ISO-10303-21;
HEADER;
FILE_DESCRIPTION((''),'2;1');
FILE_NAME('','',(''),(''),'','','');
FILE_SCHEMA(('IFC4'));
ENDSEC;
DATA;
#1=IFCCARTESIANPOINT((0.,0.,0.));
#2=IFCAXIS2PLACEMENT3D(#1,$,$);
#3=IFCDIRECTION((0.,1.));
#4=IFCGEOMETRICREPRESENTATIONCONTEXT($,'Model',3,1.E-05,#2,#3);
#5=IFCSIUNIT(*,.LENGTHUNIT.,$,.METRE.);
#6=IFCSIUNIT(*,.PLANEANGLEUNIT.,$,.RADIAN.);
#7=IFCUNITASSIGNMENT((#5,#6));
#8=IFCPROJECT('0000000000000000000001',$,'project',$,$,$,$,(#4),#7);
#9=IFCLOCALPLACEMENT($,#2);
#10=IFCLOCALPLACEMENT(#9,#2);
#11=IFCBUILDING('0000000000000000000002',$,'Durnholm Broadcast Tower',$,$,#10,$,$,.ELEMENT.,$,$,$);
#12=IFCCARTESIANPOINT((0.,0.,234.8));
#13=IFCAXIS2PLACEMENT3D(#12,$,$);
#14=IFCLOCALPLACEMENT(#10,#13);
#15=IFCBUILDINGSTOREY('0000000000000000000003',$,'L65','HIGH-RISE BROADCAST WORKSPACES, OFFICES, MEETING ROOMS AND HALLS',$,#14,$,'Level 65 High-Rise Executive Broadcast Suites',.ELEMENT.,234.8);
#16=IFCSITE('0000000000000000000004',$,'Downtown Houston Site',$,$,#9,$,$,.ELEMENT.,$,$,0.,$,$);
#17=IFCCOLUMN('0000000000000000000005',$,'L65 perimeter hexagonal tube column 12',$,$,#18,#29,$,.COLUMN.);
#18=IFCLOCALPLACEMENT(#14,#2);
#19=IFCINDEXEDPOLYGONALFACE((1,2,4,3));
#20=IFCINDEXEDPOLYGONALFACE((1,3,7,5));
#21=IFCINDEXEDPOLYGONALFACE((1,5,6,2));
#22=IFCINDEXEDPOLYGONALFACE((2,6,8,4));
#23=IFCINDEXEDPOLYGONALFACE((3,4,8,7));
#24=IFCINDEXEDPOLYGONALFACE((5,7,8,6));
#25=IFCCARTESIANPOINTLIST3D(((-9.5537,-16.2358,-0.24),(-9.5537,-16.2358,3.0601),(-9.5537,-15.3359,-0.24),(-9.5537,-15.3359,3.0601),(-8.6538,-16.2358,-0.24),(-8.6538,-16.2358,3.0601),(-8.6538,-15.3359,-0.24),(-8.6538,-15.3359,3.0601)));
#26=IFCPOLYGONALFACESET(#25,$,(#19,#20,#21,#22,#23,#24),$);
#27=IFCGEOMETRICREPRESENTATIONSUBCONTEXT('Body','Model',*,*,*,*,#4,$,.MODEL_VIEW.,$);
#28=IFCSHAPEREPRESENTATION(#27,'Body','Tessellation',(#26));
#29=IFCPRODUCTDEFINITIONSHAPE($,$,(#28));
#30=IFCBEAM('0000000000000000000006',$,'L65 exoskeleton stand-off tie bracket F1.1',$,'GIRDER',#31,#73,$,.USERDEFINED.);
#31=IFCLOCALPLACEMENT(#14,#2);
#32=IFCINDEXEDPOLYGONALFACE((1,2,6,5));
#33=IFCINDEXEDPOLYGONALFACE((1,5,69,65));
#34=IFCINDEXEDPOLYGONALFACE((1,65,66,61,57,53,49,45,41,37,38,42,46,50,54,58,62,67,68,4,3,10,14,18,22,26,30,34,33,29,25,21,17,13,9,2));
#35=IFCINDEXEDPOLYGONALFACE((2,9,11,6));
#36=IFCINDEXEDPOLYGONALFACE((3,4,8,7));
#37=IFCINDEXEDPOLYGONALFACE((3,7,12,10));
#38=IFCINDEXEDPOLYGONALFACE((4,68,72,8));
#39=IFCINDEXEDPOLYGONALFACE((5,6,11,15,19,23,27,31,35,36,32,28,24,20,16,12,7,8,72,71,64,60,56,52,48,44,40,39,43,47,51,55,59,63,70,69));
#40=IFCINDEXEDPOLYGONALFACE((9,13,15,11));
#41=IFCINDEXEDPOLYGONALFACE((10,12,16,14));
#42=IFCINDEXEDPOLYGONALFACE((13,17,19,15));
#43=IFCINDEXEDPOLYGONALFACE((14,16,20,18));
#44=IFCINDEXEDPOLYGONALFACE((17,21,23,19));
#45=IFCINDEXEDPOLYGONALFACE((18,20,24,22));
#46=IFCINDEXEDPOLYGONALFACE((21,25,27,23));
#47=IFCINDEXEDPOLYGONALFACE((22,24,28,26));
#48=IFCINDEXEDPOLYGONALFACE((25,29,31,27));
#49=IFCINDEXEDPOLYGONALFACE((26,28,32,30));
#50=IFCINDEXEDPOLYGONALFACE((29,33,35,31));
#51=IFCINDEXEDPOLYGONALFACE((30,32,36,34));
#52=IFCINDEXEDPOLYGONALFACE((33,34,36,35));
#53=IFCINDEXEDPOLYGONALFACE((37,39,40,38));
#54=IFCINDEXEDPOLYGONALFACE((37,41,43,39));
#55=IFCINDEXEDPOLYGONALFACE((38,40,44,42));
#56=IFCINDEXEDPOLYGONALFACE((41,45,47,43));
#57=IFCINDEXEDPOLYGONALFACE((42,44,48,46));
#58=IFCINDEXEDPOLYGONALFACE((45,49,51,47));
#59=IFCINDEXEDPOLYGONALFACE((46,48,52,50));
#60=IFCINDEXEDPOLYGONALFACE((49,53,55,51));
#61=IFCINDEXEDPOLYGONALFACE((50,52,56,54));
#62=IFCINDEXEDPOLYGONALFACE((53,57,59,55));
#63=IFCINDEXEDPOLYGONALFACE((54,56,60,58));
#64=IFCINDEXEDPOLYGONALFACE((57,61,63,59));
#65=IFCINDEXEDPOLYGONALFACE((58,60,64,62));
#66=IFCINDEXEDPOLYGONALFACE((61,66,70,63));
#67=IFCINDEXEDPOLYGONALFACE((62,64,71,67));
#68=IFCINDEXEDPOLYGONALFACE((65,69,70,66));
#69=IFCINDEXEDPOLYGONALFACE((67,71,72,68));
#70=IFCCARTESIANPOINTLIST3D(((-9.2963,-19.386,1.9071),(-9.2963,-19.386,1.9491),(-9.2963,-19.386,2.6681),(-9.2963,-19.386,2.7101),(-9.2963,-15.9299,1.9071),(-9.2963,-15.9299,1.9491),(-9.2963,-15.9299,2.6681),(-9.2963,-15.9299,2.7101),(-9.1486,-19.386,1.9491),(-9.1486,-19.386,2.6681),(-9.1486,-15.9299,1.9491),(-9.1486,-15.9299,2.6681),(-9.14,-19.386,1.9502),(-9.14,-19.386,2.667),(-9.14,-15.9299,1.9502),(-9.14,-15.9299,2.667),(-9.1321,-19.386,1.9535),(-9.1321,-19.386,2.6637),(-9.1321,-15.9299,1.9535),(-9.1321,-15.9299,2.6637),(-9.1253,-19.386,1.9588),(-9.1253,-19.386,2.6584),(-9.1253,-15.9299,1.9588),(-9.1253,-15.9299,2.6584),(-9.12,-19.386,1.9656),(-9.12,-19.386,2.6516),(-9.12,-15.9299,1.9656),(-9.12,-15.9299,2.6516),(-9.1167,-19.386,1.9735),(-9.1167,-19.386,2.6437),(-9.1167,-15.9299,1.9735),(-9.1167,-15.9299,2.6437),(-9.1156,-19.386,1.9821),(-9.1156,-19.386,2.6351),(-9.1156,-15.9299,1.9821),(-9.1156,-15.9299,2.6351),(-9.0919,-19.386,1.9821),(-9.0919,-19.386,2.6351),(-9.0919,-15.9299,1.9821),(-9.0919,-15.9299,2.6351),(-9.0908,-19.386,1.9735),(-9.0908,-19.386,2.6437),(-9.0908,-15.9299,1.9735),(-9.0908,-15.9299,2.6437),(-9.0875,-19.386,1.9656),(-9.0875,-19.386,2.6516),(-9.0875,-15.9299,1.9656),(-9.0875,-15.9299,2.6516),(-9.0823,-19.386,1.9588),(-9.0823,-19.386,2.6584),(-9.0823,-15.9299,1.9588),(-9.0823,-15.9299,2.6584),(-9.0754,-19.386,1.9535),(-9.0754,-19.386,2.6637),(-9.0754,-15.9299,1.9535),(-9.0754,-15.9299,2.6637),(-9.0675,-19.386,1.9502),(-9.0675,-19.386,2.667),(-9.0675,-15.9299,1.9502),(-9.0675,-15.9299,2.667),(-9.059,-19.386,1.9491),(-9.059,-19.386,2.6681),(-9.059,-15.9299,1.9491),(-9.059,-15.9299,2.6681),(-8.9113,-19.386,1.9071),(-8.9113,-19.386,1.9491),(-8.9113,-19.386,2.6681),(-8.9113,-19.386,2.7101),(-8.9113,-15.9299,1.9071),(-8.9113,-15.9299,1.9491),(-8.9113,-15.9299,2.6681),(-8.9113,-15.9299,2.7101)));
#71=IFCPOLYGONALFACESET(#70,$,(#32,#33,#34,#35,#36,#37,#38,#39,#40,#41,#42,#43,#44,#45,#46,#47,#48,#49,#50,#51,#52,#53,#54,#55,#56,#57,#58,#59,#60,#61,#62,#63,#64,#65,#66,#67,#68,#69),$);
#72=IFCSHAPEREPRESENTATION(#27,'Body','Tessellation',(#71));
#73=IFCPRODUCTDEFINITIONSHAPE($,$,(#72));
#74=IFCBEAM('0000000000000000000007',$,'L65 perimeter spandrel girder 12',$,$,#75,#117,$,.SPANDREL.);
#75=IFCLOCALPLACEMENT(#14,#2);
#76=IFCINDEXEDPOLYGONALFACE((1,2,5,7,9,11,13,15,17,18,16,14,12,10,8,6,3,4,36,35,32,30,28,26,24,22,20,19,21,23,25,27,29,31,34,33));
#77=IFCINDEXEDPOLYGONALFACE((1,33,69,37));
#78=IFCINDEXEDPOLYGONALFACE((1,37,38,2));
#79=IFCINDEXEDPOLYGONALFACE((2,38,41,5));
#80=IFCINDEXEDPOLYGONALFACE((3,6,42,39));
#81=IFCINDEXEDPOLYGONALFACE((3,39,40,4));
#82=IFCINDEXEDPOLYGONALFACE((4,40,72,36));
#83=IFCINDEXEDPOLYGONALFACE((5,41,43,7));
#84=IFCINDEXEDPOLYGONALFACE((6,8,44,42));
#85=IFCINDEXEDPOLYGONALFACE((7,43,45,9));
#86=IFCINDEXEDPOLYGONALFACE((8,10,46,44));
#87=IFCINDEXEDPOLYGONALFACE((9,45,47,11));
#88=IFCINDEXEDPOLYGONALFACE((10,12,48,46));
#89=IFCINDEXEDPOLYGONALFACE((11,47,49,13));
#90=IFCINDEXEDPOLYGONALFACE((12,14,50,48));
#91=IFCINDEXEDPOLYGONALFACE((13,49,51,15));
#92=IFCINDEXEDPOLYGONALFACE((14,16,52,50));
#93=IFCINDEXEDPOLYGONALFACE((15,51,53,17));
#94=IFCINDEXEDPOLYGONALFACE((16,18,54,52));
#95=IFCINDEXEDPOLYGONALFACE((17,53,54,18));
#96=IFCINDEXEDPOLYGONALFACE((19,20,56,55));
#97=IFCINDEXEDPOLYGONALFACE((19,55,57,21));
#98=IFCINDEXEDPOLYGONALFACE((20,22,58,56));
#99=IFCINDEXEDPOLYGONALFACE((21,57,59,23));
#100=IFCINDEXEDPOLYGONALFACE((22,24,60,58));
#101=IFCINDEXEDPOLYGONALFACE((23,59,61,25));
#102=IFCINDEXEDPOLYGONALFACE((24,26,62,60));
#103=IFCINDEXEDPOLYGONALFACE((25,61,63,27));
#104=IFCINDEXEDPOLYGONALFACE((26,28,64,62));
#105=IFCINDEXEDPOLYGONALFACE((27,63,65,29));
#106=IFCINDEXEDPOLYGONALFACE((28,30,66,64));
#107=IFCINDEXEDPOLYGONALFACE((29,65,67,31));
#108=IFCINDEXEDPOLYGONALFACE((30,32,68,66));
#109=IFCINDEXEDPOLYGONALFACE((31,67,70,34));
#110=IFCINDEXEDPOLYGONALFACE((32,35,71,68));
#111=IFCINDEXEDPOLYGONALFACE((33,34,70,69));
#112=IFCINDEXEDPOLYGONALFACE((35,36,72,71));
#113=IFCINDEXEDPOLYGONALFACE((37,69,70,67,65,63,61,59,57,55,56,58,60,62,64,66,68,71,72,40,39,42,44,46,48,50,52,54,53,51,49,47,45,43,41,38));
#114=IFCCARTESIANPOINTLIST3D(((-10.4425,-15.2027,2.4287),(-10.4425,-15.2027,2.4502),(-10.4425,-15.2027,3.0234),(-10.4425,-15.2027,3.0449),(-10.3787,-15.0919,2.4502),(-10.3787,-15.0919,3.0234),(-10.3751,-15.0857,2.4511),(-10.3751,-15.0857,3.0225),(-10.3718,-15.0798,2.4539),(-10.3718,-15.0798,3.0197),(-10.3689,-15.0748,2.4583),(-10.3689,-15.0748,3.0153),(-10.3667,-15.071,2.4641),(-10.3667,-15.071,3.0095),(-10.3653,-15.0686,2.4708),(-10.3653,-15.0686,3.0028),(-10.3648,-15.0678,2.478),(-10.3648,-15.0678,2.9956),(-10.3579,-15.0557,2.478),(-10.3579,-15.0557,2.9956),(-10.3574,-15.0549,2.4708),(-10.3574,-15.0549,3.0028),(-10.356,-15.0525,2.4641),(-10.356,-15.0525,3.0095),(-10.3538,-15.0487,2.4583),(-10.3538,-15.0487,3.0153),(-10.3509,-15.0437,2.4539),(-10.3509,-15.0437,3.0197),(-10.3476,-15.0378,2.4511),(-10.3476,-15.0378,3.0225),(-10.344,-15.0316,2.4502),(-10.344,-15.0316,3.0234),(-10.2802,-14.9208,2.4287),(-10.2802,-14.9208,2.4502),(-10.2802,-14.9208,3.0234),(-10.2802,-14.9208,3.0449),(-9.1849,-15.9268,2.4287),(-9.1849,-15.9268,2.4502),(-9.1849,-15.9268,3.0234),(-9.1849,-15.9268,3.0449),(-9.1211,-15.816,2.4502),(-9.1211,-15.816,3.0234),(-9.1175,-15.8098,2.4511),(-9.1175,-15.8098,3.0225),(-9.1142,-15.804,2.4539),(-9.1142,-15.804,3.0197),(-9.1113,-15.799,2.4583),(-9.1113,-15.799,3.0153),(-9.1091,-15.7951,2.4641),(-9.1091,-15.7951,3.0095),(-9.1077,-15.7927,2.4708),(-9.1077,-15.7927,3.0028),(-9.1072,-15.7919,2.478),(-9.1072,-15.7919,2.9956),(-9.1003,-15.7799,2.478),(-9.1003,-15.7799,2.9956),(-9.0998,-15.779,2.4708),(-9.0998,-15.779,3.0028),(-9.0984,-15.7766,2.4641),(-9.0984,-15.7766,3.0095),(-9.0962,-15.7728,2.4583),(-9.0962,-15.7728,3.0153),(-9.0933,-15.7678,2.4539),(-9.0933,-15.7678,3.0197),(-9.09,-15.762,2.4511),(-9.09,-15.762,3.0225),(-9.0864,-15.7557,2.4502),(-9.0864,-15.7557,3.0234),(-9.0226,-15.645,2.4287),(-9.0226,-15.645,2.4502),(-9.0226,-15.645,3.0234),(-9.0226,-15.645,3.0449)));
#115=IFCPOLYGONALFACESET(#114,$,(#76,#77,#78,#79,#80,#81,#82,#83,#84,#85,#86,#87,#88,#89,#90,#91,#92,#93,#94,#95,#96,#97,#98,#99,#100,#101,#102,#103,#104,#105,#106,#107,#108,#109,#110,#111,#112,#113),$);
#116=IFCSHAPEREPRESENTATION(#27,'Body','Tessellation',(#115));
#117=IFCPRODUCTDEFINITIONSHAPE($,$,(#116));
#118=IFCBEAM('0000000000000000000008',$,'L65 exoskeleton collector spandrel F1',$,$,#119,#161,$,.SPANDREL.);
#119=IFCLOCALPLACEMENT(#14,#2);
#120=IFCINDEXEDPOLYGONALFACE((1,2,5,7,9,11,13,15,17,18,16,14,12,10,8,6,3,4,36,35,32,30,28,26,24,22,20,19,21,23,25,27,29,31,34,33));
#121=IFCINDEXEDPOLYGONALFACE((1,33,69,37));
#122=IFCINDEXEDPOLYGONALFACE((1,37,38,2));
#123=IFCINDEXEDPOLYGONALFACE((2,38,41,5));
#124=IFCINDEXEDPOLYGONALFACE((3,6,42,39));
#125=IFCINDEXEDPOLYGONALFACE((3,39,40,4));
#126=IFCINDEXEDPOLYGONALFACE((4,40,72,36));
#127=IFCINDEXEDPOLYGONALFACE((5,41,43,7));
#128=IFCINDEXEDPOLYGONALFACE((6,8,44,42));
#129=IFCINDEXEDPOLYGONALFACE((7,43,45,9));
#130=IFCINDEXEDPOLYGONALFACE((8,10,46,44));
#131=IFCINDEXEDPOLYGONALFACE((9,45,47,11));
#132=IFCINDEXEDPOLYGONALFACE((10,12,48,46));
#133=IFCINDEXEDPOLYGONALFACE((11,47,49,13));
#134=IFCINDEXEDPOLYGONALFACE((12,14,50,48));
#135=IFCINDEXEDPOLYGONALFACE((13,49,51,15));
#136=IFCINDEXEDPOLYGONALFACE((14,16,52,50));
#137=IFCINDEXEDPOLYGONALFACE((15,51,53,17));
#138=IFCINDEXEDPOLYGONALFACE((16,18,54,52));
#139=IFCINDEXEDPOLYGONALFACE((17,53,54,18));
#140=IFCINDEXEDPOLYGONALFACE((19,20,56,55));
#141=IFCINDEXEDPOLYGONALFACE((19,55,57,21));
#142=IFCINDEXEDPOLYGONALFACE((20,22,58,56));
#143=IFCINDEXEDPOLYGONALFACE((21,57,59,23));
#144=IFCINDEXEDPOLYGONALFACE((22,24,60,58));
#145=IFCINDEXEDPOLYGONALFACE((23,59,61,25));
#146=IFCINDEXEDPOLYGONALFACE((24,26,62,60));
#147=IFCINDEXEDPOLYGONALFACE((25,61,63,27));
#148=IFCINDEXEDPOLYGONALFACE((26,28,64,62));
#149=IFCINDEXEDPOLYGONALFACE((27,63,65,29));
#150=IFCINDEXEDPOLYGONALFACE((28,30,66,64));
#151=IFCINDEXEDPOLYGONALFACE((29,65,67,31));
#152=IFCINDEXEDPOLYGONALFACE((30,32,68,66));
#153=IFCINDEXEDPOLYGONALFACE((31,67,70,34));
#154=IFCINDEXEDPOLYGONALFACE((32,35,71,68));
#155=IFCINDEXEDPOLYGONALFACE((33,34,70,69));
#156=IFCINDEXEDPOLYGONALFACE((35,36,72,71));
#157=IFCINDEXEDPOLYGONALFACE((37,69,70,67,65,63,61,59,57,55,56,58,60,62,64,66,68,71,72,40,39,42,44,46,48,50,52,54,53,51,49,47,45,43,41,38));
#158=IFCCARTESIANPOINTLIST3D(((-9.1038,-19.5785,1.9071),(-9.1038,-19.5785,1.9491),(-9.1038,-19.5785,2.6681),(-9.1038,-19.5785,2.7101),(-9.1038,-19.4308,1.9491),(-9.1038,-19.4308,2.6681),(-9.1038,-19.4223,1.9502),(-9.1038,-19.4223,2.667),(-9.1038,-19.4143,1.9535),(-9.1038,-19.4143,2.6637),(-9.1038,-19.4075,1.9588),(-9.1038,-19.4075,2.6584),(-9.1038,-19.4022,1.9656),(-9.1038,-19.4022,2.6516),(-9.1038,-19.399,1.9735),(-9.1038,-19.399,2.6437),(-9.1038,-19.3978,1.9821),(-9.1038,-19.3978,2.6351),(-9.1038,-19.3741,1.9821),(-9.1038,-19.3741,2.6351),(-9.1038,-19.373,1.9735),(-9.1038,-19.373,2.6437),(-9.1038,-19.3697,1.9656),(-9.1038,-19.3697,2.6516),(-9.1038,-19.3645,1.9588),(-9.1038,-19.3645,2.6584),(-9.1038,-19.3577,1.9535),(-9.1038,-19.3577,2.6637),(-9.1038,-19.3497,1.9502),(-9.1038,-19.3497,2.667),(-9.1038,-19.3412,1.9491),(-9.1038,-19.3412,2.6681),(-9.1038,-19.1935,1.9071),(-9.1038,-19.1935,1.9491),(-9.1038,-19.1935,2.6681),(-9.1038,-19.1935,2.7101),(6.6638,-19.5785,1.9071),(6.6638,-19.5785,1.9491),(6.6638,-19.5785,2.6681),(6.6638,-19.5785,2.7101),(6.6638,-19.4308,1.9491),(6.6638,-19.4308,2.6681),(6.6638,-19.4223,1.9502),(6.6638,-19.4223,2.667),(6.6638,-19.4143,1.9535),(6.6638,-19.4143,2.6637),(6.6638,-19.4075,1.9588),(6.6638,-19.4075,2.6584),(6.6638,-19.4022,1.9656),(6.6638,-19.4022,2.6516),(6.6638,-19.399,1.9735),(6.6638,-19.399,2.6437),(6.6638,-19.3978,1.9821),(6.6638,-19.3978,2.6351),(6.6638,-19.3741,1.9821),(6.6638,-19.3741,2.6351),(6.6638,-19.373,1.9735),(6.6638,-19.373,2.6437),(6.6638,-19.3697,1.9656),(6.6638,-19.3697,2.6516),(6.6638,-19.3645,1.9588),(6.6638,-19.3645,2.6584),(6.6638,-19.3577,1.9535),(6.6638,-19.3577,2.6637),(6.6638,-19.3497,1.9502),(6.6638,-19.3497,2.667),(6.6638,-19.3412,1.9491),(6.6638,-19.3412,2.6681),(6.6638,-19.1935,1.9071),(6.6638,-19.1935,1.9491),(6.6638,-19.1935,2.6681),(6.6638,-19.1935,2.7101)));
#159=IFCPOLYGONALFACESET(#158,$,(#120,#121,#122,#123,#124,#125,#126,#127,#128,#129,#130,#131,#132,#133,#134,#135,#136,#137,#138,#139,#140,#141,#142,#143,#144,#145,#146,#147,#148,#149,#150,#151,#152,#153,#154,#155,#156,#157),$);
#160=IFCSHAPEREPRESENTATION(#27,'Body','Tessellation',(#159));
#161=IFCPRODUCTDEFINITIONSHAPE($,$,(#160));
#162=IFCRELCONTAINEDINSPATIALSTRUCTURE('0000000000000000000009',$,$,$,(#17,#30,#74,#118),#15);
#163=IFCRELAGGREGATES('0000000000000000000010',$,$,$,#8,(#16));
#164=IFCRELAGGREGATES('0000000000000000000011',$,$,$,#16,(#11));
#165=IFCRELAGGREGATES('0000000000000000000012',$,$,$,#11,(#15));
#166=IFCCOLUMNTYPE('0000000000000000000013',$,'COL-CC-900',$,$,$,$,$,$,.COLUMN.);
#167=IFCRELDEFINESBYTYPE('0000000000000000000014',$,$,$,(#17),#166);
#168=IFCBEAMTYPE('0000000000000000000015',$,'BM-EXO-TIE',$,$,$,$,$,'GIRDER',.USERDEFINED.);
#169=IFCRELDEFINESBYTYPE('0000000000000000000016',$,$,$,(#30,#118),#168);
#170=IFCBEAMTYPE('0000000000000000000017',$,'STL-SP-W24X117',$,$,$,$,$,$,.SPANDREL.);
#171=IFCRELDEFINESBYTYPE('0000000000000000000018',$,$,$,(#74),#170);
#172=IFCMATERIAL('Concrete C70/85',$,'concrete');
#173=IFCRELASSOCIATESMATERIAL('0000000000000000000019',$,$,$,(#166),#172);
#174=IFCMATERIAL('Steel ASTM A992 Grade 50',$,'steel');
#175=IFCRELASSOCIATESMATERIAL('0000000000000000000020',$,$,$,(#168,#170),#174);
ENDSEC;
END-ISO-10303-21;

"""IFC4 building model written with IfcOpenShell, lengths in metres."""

from ifc_helpers import new_model, si_unit, direction, frame, origin, origin_2d, place, context, subcontext, project, spatial, rectangle, i_section, extrude, source, transform, mapped, material, material_profile, profile_set, type_object, type_shapes, element, save


model = new_model("IFC4")

# Units and contexts
model_context = context("Model", 3, precision=1e-05, world=origin(), true_north=direction((0.0, 1.0)))
body_context = subcontext(model_context, "Body", "Model", "MODEL_VIEW")
ifc_project = project(units=[si_unit("LENGTHUNIT", "METRE"), si_unit("PLANEANGLEUNIT", "RADIAN")], contexts=[model_context])

# Site, building, storey
site_placement = place(None, origin())
site = spatial("IfcSite", under=ifc_project, at=site_placement, Name="Downtown Houston Site", CompositionType="ELEMENT", RefElevation=0.0)
building_placement = place(site_placement, origin())
building = spatial("IfcBuilding", under=site, at=building_placement, Name="Durnholm Broadcast Tower", CompositionType="ELEMENT")
storey_placement = place(building_placement, frame((0.0, 0.0, 234.8)))
storey = spatial("IfcBuildingStorey", under=building, at=storey_placement, Name="L65", Description="HIGH-RISE BROADCAST WORKSPACES, OFFICES, MEETING ROOMS AND HALLS", LongName="Level 65 High-Rise Executive Broadcast Suites", CompositionType="ELEMENT", Elevation=234.8)

# Column
ifc_material_1 = material(Name="Concrete C70/85", Category="concrete")
ifc_material_profile_1 = material_profile(ifc_material_1, rectangle(XDim=0.8999, YDim=0.8999, at=origin_2d()), Name="RC900X900")
ifc_profile_set_1 = profile_set([ifc_material_profile_1], Name="Concrete C70/85")
column_type = type_object("IfcColumnType", Name="COL-CC-900", PredefinedType="COLUMN", material=ifc_profile_set_1)
shared_shape_1 = source(origin(), body_context, "Body", "SweptSolid", [
    extrude(rectangle(XDim=0.8999, YDim=0.8999, at=origin_2d()), origin(), (0.0, 0.0, 1.0), 3.3),
])
type_shapes(column_type, [shared_shape_1])
column_placement = place(storey_placement, frame((-9.1038, -15.7859, -0.24), z_axis=(0.0, 0.0, 1.0), x_axis=(1.0, 0.0, 0.0)))
element("IfcColumn", 1, at=column_placement, inside=storey, type_object=column_type, Name="L65 perimeter hexagonal tube column 12", PredefinedType="COLUMN", context=body_context, shape_type="MappedRepresentation", body=[
    mapped(shared_shape_1, transform((0.0, 0.0, 0.0), x_axis=(1.0, 0.0, 0.0), y_axis=(0.0, 1.0, 0.0), z_axis=(0.0, 0.0, 1.0), scale=1.0)),
])

# Beams
ifc_material_2 = material(Name="Steel ASTM A992 Grade 50", Category="steel")
ifc_material_profile_2 = material_profile(ifc_material_2, i_section(OverallWidth=0.385, OverallDepth=0.803, WebThickness=0.0237, FlangeThickness=0.042, FilletRadius=0.033, at=origin_2d()), Name="W30X261")
ifc_profile_set_2 = profile_set([ifc_material_profile_2], Name="Steel ASTM A992 Grade 50")
beam_type_1 = type_object("IfcBeamType", Name="BM-EXO-TIE", ElementType="GIRDER", PredefinedType="USERDEFINED", material=ifc_profile_set_2)
shared_shape_2 = source(origin(), body_context, "Body", "SweptSolid", [
    extrude(i_section(OverallWidth=0.385, OverallDepth=0.803, WebThickness=0.0237, FlangeThickness=0.042, FilletRadius=0.033, at=origin_2d()), origin(), (0.0, 0.0, 1.0), 3.4561),
])
beam_1_placement = place(storey_placement, frame((-9.1038, -15.9299, 2.3086), z_axis=(0.0, -1.0, 0.0), x_axis=(1.0, 0.0, 0.0)))
element("IfcBeam", 2, at=beam_1_placement, inside=storey, type_object=beam_type_1, Name="L65 exoskeleton stand-off tie bracket F1.1", ObjectType="GIRDER", PredefinedType="USERDEFINED", context=body_context, shape_type="MappedRepresentation", body=[
    mapped(shared_shape_2, transform((0.0, 0.0, 0.0), x_axis=(1.0, 0.0, 0.0), y_axis=(0.0, 1.0, 0.0), z_axis=(0.0, 0.0, 1.0), scale=1.0)),
])
ifc_material_profile_3 = material_profile(ifc_material_2, i_section(OverallWidth=0.3252, OverallDepth=0.6162, WebThickness=0.0139, FlangeThickness=0.0215, FilletRadius=0.0278, at=origin_2d()), Name="W24X117")
ifc_profile_set_3 = profile_set([ifc_material_profile_3], Name="Steel ASTM A992 Grade 50")
beam_type_2 = type_object("IfcBeamType", Name="STL-SP-W24X117", PredefinedType="SPANDREL", material=ifc_profile_set_3)
shared_shape_3 = source(origin(), body_context, "Body", "SweptSolid", [
    extrude(i_section(OverallWidth=0.3252, OverallDepth=0.6162, WebThickness=0.0139, FlangeThickness=0.0215, FilletRadius=0.0278, at=origin_2d()), origin(), (0.0, 0.0, 1.0), 1.4512),
])
type_shapes(beam_type_2, [shared_shape_3])
beam_2_placement = place(storey_placement, frame((-9.1038, -15.7859, 2.7368), z_axis=(-0.866603, 0.498999, 0.0), x_axis=(-0.498999, -0.866603, 0.0)))
element("IfcBeam", 3, at=beam_2_placement, inside=storey, type_object=beam_type_2, Name="L65 perimeter spandrel girder 12", PredefinedType="SPANDREL", context=body_context, shape_type="MappedRepresentation", body=[
    mapped(shared_shape_3, transform((0.0, 0.0, 0.0), x_axis=(1.0, 0.0, 0.0), y_axis=(0.0, 1.0, 0.0), z_axis=(0.0, 0.0, 1.0), scale=1.0)),
])
shared_shape_4 = source(origin(), body_context, "Body", "SweptSolid", [
    extrude(i_section(OverallWidth=0.385, OverallDepth=0.803, WebThickness=0.0237, FlangeThickness=0.042, FilletRadius=0.033, at=origin_2d()), origin(), (0.0, 0.0, 1.0), 15.7676),
])
type_shapes(beam_type_1, [shared_shape_2, shared_shape_4])
beam_3_placement = place(storey_placement, frame((-9.1038, -19.386, 2.3086), z_axis=(1.0, 0.0, 0.0), x_axis=(0.0, 1.0, 0.0)))
element("IfcBeam", 4, at=beam_3_placement, inside=storey, type_object=beam_type_1, Name="L65 exoskeleton collector spandrel F1", PredefinedType="SPANDREL", context=body_context, shape_type="MappedRepresentation", body=[
    mapped(shared_shape_4, transform((0.0, 0.0, 0.0), x_axis=(1.0, 0.0, 0.0), y_axis=(0.0, 1.0, 0.0), z_axis=(0.0, 0.0, 1.0), scale=1.0)),
])

save(model, "model.ifc")
